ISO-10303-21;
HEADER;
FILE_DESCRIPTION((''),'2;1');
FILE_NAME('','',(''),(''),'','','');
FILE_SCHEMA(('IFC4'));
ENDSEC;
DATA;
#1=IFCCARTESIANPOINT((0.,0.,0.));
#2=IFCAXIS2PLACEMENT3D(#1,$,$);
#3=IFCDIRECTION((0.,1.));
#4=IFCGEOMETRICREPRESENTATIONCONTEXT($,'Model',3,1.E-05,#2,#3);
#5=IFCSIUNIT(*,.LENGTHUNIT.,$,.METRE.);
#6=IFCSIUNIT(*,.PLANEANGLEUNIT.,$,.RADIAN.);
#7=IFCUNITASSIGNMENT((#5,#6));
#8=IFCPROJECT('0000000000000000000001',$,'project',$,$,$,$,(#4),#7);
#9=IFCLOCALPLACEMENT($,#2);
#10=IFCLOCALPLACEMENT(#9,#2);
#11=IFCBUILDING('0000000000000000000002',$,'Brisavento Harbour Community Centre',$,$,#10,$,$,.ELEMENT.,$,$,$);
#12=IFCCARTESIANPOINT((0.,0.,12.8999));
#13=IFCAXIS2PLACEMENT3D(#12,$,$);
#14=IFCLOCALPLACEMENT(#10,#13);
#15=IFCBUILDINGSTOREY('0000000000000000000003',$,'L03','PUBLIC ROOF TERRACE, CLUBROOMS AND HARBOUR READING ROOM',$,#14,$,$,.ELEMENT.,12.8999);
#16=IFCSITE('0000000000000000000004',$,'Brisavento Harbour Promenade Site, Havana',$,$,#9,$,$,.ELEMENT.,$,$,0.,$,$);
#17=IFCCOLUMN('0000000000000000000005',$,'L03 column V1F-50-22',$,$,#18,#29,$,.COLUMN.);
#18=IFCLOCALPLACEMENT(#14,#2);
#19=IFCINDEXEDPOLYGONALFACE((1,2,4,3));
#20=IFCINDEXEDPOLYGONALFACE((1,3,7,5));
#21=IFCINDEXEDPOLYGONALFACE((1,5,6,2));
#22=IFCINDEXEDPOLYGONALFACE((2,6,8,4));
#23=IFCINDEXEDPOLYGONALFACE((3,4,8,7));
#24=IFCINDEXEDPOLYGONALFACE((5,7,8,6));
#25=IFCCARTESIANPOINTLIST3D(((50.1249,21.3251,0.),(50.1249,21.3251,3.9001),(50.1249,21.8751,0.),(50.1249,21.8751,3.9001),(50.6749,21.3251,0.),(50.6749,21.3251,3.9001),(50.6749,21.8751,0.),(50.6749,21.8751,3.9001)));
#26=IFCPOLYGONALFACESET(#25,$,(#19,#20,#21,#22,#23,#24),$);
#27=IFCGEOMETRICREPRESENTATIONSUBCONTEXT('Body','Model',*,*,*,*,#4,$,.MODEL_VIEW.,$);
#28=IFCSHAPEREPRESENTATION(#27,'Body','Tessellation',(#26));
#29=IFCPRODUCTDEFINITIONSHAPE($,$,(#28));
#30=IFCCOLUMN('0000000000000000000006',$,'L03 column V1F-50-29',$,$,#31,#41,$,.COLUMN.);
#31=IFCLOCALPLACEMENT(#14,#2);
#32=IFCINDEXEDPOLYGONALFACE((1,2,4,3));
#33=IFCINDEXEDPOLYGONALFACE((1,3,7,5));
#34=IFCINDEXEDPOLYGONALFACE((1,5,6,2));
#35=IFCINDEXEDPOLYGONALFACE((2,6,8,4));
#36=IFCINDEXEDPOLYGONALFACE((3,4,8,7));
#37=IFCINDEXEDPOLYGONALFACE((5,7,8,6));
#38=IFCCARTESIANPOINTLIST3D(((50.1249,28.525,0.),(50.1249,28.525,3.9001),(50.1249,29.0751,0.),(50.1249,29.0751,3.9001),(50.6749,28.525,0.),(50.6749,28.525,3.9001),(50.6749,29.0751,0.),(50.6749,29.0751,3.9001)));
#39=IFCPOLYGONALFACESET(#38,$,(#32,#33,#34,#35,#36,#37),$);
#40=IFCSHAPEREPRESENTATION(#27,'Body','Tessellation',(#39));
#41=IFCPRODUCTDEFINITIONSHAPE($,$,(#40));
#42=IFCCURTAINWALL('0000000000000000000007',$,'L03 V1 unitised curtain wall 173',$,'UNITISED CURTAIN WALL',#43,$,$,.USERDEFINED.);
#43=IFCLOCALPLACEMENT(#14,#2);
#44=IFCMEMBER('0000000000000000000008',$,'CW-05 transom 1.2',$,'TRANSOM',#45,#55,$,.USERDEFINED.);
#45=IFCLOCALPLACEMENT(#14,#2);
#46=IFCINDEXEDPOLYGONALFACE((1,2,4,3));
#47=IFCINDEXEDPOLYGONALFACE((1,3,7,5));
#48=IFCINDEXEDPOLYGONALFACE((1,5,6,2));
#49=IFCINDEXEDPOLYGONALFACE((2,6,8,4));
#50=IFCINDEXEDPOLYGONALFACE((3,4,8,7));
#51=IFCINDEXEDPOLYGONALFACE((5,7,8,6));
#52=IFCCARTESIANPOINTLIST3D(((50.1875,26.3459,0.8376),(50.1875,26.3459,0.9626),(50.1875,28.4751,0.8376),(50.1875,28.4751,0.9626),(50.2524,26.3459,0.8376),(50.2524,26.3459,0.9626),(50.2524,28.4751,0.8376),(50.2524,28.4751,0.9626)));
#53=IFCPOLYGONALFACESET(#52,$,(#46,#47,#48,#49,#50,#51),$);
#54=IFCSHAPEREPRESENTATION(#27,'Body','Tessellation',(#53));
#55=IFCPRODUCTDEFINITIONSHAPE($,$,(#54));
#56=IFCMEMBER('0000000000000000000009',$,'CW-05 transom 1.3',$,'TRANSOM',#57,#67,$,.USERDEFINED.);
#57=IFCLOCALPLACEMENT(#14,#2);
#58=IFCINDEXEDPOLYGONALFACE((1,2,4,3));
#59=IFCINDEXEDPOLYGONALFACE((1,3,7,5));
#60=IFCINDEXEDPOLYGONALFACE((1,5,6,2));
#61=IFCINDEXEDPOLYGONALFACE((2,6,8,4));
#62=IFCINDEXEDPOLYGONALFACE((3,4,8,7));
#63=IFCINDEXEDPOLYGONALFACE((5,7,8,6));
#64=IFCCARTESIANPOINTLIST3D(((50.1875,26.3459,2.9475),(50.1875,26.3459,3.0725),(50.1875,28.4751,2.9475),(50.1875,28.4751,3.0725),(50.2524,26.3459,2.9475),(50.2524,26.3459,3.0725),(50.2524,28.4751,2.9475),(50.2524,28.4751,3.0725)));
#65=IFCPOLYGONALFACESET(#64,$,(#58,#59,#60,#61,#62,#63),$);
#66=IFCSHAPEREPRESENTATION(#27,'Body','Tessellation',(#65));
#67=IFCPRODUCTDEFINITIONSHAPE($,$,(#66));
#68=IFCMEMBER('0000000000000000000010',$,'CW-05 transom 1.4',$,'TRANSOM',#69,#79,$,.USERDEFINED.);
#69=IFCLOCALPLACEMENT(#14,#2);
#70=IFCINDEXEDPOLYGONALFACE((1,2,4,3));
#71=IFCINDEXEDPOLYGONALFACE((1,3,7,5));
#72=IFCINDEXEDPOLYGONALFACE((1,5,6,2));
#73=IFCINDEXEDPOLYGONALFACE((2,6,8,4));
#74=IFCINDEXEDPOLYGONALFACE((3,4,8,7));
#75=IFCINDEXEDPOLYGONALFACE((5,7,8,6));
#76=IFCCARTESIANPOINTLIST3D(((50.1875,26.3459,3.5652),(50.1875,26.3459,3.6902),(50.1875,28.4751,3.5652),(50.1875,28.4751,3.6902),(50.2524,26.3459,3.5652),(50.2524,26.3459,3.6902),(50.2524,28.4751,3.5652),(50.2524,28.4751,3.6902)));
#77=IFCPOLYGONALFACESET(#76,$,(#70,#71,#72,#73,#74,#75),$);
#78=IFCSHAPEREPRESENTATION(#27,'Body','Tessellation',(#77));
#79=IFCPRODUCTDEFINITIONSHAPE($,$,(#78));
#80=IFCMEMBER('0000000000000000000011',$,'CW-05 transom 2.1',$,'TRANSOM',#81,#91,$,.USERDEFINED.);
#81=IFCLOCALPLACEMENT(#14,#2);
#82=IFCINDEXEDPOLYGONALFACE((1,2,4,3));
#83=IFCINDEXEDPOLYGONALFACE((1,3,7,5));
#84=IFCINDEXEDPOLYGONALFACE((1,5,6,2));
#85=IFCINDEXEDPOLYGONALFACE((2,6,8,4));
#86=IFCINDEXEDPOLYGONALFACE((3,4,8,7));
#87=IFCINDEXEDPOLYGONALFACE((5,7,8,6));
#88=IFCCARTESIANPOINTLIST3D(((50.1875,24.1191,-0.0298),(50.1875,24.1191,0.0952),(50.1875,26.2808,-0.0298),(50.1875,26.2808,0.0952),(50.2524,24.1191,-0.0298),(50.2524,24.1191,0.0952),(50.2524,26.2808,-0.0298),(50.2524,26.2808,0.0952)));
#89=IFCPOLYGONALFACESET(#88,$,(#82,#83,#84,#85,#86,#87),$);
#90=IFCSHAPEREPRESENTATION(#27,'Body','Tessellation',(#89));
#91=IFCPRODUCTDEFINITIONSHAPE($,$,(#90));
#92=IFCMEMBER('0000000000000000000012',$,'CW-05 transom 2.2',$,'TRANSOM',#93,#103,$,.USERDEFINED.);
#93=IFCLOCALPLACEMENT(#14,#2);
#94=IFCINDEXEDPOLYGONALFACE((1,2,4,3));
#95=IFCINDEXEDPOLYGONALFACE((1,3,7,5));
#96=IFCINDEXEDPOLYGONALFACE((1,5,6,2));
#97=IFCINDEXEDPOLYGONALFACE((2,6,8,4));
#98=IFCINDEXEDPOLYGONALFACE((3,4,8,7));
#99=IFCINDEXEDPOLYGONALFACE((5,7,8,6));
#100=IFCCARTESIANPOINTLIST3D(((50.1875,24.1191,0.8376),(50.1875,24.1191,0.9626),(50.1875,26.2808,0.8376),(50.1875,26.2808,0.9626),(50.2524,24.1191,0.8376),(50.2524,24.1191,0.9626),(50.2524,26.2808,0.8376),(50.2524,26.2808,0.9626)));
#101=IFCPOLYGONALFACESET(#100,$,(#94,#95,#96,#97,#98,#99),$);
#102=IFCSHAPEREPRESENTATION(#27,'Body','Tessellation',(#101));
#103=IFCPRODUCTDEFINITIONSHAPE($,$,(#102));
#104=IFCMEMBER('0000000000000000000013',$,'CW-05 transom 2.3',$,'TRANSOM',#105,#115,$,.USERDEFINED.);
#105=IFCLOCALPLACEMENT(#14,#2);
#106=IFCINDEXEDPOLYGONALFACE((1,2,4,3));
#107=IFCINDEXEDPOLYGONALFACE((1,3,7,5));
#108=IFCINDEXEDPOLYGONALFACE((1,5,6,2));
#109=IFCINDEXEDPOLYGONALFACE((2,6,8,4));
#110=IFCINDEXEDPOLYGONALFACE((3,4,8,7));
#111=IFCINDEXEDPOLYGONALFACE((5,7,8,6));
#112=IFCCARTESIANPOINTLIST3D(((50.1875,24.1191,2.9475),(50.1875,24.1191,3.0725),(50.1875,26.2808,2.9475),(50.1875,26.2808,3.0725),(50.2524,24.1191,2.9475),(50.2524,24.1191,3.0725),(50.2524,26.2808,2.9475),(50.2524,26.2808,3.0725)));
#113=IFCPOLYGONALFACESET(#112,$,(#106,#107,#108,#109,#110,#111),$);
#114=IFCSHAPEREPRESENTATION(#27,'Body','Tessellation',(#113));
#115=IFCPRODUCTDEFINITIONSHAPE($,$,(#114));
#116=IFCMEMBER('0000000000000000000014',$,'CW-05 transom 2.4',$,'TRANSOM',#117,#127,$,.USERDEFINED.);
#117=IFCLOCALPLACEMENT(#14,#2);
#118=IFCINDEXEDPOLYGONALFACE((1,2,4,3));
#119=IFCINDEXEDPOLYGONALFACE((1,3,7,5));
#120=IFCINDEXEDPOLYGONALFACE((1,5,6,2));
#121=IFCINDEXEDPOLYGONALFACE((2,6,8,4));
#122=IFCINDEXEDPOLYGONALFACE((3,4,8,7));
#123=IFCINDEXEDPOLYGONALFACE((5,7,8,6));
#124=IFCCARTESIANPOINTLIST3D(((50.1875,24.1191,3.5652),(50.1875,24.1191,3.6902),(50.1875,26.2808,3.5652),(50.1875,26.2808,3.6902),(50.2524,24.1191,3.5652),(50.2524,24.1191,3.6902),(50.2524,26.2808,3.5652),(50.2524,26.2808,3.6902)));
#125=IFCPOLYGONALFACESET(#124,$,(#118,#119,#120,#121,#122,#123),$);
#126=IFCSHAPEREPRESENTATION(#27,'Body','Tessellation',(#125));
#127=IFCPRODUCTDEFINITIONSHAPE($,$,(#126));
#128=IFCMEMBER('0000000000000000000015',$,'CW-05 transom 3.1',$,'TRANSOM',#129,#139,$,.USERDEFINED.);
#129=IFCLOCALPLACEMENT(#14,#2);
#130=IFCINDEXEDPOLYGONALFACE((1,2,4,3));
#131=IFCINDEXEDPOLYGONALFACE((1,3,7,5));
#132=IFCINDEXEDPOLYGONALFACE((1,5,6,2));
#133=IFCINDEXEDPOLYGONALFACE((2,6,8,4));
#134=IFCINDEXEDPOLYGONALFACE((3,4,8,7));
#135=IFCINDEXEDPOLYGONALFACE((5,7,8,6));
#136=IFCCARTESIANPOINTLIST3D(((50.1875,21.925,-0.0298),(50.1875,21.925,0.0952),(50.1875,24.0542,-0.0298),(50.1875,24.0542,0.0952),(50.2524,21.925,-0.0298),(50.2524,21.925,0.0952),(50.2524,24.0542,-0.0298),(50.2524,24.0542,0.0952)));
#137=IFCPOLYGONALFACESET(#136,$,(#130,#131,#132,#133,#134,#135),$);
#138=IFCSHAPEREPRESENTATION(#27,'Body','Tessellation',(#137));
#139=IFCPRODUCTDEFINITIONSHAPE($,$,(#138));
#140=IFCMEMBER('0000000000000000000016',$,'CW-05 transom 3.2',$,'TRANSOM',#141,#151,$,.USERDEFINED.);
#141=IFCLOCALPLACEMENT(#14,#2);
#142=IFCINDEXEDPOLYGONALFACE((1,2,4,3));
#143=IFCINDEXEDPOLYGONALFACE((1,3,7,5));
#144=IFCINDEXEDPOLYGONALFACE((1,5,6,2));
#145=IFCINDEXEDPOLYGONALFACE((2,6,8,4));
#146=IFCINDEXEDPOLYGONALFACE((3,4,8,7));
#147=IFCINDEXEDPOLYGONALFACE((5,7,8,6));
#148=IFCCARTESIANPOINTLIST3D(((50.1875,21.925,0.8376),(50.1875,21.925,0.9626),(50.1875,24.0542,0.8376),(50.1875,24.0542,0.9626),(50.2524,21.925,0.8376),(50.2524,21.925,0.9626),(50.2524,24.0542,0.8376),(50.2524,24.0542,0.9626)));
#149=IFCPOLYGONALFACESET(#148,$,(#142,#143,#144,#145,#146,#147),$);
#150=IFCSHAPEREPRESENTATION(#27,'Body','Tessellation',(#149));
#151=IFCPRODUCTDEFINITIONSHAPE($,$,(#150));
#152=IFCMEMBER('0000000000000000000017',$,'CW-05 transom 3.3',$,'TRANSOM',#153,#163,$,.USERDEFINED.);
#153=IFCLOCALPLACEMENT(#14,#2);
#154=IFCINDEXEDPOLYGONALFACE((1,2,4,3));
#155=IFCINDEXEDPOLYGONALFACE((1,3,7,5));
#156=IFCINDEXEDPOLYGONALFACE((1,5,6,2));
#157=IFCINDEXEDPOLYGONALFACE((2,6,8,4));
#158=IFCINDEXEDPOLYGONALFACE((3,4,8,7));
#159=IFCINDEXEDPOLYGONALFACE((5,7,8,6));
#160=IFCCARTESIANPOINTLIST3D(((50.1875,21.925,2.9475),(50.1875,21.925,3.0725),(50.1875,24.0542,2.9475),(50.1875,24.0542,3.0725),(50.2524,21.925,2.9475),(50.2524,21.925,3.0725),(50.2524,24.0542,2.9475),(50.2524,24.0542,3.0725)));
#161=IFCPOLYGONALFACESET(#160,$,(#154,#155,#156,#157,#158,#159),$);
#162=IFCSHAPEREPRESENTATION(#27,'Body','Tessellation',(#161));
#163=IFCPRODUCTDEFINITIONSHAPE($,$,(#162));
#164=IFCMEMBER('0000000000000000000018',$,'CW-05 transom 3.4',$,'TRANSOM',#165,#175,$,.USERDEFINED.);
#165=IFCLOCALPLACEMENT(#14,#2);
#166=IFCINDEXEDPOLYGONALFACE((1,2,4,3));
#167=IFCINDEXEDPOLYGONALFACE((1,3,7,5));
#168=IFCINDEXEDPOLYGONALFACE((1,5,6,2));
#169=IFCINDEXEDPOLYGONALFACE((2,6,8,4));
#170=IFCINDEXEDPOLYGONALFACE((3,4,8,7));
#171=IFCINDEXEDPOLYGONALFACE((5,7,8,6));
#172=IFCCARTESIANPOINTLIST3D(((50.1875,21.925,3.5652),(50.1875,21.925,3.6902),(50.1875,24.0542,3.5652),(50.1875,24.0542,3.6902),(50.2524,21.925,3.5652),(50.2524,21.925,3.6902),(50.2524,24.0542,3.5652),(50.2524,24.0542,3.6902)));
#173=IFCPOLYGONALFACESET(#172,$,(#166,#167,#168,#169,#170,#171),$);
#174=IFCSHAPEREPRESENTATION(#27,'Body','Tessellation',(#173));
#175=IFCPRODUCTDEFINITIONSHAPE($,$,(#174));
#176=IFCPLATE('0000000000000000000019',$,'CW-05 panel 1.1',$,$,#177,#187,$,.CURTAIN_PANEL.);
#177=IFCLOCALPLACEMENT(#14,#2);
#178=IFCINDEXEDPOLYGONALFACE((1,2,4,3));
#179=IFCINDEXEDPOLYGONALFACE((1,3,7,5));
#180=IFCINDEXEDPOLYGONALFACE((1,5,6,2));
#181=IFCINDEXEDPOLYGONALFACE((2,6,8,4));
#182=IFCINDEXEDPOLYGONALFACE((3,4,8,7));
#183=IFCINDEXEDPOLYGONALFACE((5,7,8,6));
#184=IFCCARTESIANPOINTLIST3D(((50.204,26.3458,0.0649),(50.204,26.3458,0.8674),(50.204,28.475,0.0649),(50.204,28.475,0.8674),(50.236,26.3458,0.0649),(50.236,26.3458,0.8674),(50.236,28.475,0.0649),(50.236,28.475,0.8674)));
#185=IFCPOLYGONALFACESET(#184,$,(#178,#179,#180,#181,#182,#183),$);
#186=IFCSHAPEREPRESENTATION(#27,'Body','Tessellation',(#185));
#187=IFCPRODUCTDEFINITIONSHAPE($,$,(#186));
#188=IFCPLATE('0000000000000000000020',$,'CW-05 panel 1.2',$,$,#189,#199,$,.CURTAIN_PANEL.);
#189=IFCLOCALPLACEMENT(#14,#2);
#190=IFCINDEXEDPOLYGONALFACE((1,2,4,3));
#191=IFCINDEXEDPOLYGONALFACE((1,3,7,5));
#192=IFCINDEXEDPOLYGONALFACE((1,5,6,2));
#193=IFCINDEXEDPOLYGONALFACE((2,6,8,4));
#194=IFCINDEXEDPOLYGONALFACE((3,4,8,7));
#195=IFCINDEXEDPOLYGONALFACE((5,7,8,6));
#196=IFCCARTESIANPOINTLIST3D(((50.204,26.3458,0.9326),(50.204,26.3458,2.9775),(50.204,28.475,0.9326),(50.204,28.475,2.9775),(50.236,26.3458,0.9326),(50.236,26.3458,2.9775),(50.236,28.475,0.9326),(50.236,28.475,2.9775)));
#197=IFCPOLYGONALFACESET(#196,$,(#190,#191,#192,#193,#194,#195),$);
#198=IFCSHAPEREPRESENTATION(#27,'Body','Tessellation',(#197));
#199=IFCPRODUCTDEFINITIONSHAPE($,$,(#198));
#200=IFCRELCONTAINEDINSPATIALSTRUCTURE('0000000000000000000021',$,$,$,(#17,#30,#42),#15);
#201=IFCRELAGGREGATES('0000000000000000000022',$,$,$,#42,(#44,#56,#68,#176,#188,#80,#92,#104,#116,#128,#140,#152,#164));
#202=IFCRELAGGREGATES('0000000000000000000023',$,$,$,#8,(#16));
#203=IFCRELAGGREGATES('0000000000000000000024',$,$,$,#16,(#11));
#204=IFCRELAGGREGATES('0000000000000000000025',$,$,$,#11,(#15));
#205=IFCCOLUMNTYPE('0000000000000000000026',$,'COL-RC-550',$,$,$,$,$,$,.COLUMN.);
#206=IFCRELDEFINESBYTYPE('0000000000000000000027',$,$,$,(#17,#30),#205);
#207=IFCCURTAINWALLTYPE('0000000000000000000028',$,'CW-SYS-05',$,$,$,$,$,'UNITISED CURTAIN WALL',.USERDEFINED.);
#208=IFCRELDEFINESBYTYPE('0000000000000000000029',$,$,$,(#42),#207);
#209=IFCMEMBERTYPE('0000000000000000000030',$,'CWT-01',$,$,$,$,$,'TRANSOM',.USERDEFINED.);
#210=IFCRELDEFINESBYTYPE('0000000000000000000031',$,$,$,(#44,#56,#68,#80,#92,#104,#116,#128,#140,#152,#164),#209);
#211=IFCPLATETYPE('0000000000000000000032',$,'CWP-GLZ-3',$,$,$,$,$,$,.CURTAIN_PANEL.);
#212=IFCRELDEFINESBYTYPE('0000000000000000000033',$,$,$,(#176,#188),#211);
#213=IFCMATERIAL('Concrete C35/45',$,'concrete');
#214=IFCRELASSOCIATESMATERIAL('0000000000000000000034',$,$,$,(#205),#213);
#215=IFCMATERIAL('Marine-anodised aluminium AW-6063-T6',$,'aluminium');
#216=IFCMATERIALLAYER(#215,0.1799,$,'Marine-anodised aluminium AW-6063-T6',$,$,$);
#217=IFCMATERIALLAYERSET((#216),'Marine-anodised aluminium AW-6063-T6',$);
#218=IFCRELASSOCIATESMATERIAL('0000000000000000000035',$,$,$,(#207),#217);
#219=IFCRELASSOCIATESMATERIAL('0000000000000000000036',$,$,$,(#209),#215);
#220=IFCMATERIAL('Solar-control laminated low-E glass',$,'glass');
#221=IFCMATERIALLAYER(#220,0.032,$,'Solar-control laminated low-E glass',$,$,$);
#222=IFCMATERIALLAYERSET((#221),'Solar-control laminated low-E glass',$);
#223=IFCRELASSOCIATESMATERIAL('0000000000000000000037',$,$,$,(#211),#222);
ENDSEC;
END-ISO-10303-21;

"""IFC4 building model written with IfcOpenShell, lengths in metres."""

from ifc_helpers import new_model, si_unit, direction, frame, origin, origin_2d, place, context, subcontext, project, spatial, rectangle, extrude, material, layer, layer_set, material_profile, profile_set, type_object, element, aggregate, save


model = new_model("IFC4")

# Units and contexts
model_context = context("Model", 3, precision=1e-05, world=origin(), true_north=direction((0.0, 1.0)))
body_context = subcontext(model_context, "Body", "Model", "MODEL_VIEW")
ifc_project = project(units=[si_unit("LENGTHUNIT", "METRE"), si_unit("PLANEANGLEUNIT", "RADIAN")], contexts=[model_context])

# Site, building, storey
site_placement = place(None, origin())
site = spatial("IfcSite", under=ifc_project, at=site_placement, Name="Brisavento Harbour Promenade Site, Havana", CompositionType="ELEMENT", RefElevation=0.0)
building_placement = place(site_placement, origin())
building = spatial("IfcBuilding", under=site, at=building_placement, Name="Brisavento Harbour Community Centre", CompositionType="ELEMENT")
storey_placement = place(building_placement, frame((0.0, 0.0, 12.8999)))
storey = spatial("IfcBuildingStorey", under=building, at=storey_placement, Name="L03", Description="PUBLIC ROOF TERRACE, CLUBROOMS AND HARBOUR READING ROOM", CompositionType="ELEMENT", Elevation=12.8999)

# Columns
ifc_material_1 = material(Name="Concrete C35/45", Category="concrete")
ifc_material_profile_1 = material_profile(ifc_material_1, rectangle(XDim=0.55, YDim=0.55, at=origin_2d()), Name="Concrete C35/45")
ifc_profile_set_1 = profile_set([ifc_material_profile_1], Name="Concrete C35/45")
column_type = type_object("IfcColumnType", Name="COL-RC-550", PredefinedType="COLUMN", material=ifc_profile_set_1)
for number, where, z_axis, x_axis, name in (
    (1, (50.3999, 21.6001, 0.0), (0.0, 0.0, 1.0), (1.0, 0.0, 0.0), "L03 column V1F-50-22"),
    (2, (50.3999, 28.8, 0.0), (0.0, 0.0, 1.0), (1.0, 0.0, 0.0), "L03 column V1F-50-29"),
):
    element("IfcColumn", number, at=place(storey_placement, frame(where, z_axis=z_axis, x_axis=x_axis)), inside=storey, type_object=column_type, Name=name, PredefinedType="COLUMN", context=body_context, shape_type="SweptSolid", body=[
        extrude(rectangle(XDim=0.55, YDim=0.55, at=origin_2d()), origin(), (0.0, 0.0, 1.0), 3.9001),
    ])

# Curtain wall, members, plates
ifc_material_2 = material(Name="Marine-anodised aluminium AW-6063-T6", Category="aluminium")
ifc_layer_1 = layer(ifc_material_2, 0.1799, Name="Marine-anodised aluminium AW-6063-T6")
ifc_layer_set_1 = layer_set([ifc_layer_1], Name="Marine-anodised aluminium AW-6063-T6")
curtain_wall_type = type_object("IfcCurtainWallType", Name="CW-SYS-05", ElementType="UNITISED CURTAIN WALL", PredefinedType="USERDEFINED", material=ifc_layer_set_1)
curtain_wall_placement = place(storey_placement, origin())
curtain_wall = element("IfcCurtainWall", 3, at=curtain_wall_placement, inside=storey, type_object=curtain_wall_type, Name="L03 V1 unitised curtain wall 173", ObjectType="UNITISED CURTAIN WALL", PredefinedType="USERDEFINED")
ifc_material_profile_2 = material_profile(ifc_material_2, rectangle(XDim=0.0649, YDim=0.125, at=origin_2d()), Name="Marine-anodised aluminium AW-6063-T6")
ifc_profile_set_2 = profile_set([ifc_material_profile_2], Name="Marine-anodised aluminium AW-6063-T6")
member_type = type_object("IfcMemberType", Name="CWT-01", ElementType="TRANSOM", PredefinedType="USERDEFINED", material=ifc_profile_set_2)
member_1_placement = place(storey_placement, frame((50.22, 28.4751, 0.9001), z_axis=(0.0, -1.0, 0.0), x_axis=(1.0, 0.0, 0.0)))
member_1 = element("IfcMember", 4, at=member_1_placement, type_object=member_type, Name="CW-05 transom 1.2", ObjectType="TRANSOM", PredefinedType="USERDEFINED", context=body_context, shape_type="SweptSolid", body=[
    extrude(rectangle(XDim=0.0649, YDim=0.125, at=origin_2d()), origin(), (0.0, 0.0, 1.0), 2.1292),
])
member_2_placement = place(storey_placement, frame((50.22, 28.4751, 3.01), z_axis=(0.0, -1.0, 0.0), x_axis=(1.0, 0.0, 0.0)))
member_2 = element("IfcMember", 5, at=member_2_placement, type_object=member_type, Name="CW-05 transom 1.3", ObjectType="TRANSOM", PredefinedType="USERDEFINED", context=body_context, shape_type="SweptSolid", body=[
    extrude(rectangle(XDim=0.0649, YDim=0.125, at=origin_2d()), origin(), (0.0, 0.0, 1.0), 2.1292),
])
member_3_placement = place(storey_placement, frame((50.22, 28.4751, 3.6277), z_axis=(0.0, -1.0, 0.0), x_axis=(1.0, 0.0, 0.0)))
member_3 = element("IfcMember", 6, at=member_3_placement, type_object=member_type, Name="CW-05 transom 1.4", ObjectType="TRANSOM", PredefinedType="USERDEFINED", context=body_context, shape_type="SweptSolid", body=[
    extrude(rectangle(XDim=0.0649, YDim=0.125, at=origin_2d()), origin(), (0.0, 0.0, 1.0), 2.1292),
])
member_4_placement = place(storey_placement, frame((50.22, 26.2808, 0.0327), z_axis=(0.0, -1.0, 0.0), x_axis=(1.0, 0.0, 0.0)))
member_4 = element("IfcMember", 7, at=member_4_placement, type_object=member_type, Name="CW-05 transom 2.1", ObjectType="TRANSOM", PredefinedType="USERDEFINED", context=body_context, shape_type="SweptSolid", body=[
    extrude(rectangle(XDim=0.0649, YDim=0.125, at=origin_2d()), origin(), (0.0, 0.0, 1.0), 2.1616),
])
member_5_placement = place(storey_placement, frame((50.22, 26.2808, 0.9001), z_axis=(0.0, -1.0, 0.0), x_axis=(1.0, 0.0, 0.0)))
member_5 = element("IfcMember", 8, at=member_5_placement, type_object=member_type, Name="CW-05 transom 2.2", ObjectType="TRANSOM", PredefinedType="USERDEFINED", context=body_context, shape_type="SweptSolid", body=[
    extrude(rectangle(XDim=0.0649, YDim=0.125, at=origin_2d()), origin(), (0.0, 0.0, 1.0), 2.1616),
])
member_6_placement = place(storey_placement, frame((50.22, 26.2808, 3.01), z_axis=(0.0, -1.0, 0.0), x_axis=(1.0, 0.0, 0.0)))
member_6 = element("IfcMember", 9, at=member_6_placement, type_object=member_type, Name="CW-05 transom 2.3", ObjectType="TRANSOM", PredefinedType="USERDEFINED", context=body_context, shape_type="SweptSolid", body=[
    extrude(rectangle(XDim=0.0649, YDim=0.125, at=origin_2d()), origin(), (0.0, 0.0, 1.0), 2.1616),
])
member_7_placement = place(storey_placement, frame((50.22, 26.2808, 3.6277), z_axis=(0.0, -1.0, 0.0), x_axis=(1.0, 0.0, 0.0)))
member_7 = element("IfcMember", 10, at=member_7_placement, type_object=member_type, Name="CW-05 transom 2.4", ObjectType="TRANSOM", PredefinedType="USERDEFINED", context=body_context, shape_type="SweptSolid", body=[
    extrude(rectangle(XDim=0.0649, YDim=0.125, at=origin_2d()), origin(), (0.0, 0.0, 1.0), 2.1616),
])
member_8_placement = place(storey_placement, frame((50.22, 24.0542, 0.0327), z_axis=(0.0, -1.0, 0.0), x_axis=(1.0, 0.0, 0.0)))
member_8 = element("IfcMember", 11, at=member_8_placement, type_object=member_type, Name="CW-05 transom 3.1", ObjectType="TRANSOM", PredefinedType="USERDEFINED", context=body_context, shape_type="SweptSolid", body=[
    extrude(rectangle(XDim=0.0649, YDim=0.125, at=origin_2d()), origin(), (0.0, 0.0, 1.0), 2.1292),
])
member_9_placement = place(storey_placement, frame((50.22, 24.0542, 0.9001), z_axis=(0.0, -1.0, 0.0), x_axis=(1.0, 0.0, 0.0)))
member_9 = element("IfcMember", 12, at=member_9_placement, type_object=member_type, Name="CW-05 transom 3.2", ObjectType="TRANSOM", PredefinedType="USERDEFINED", context=body_context, shape_type="SweptSolid", body=[
    extrude(rectangle(XDim=0.0649, YDim=0.125, at=origin_2d()), origin(), (0.0, 0.0, 1.0), 2.1292),
])
member_10_placement = place(storey_placement, frame((50.22, 24.0542, 3.01), z_axis=(0.0, -1.0, 0.0), x_axis=(1.0, 0.0, 0.0)))
member_10 = element("IfcMember", 13, at=member_10_placement, type_object=member_type, Name="CW-05 transom 3.3", ObjectType="TRANSOM", PredefinedType="USERDEFINED", context=body_context, shape_type="SweptSolid", body=[
    extrude(rectangle(XDim=0.0649, YDim=0.125, at=origin_2d()), origin(), (0.0, 0.0, 1.0), 2.1292),
])
member_11_placement = place(storey_placement, frame((50.22, 24.0542, 3.6277), z_axis=(0.0, -1.0, 0.0), x_axis=(1.0, 0.0, 0.0)))
member_11 = element("IfcMember", 14, at=member_11_placement, type_object=member_type, Name="CW-05 transom 3.4", ObjectType="TRANSOM", PredefinedType="USERDEFINED", context=body_context, shape_type="SweptSolid", body=[
    extrude(rectangle(XDim=0.0649, YDim=0.125, at=origin_2d()), origin(), (0.0, 0.0, 1.0), 2.1292),
])
ifc_material_3 = material(Name="Solar-control laminated low-E glass", Category="glass")
ifc_layer_2 = layer(ifc_material_3, 0.032, Name="Solar-control laminated low-E glass")
ifc_layer_set_2 = layer_set([ifc_layer_2], Name="Solar-control laminated low-E glass")
plate_type = type_object("IfcPlateType", Name="CWP-GLZ-3", PredefinedType="CURTAIN_PANEL", material=ifc_layer_set_2)
plate_1_placement = place(storey_placement, frame((50.22, 27.4104, 0.0649), z_axis=(0.0, 0.0, 1.0), x_axis=(0.0, -1.0, 0.0)))
plate_1 = element("IfcPlate", 15, at=plate_1_placement, type_object=plate_type, Name="CW-05 panel 1.1", PredefinedType="CURTAIN_PANEL", context=body_context, shape_type="SweptSolid", body=[
    extrude(rectangle(XDim=2.1292, YDim=0.032, at=origin_2d()), origin(), (0.0, 0.0, 1.0), 0.8025),
])
plate_2_placement = place(storey_placement, frame((50.22, 27.4104, 0.9326), z_axis=(0.0, 0.0, 1.0), x_axis=(0.0, -1.0, 0.0)))
plate_2 = element("IfcPlate", 16, at=plate_2_placement, type_object=plate_type, Name="CW-05 panel 1.2", PredefinedType="CURTAIN_PANEL", context=body_context, shape_type="SweptSolid", body=[
    extrude(rectangle(XDim=2.1292, YDim=0.032, at=origin_2d()), origin(), (0.0, 0.0, 1.0), 2.0449),
])
aggregate(curtain_wall, [member_1, member_2, member_3, plate_1, plate_2, member_4, member_5, member_6, member_7, member_8, member_9, member_10, member_11])

save(model, "model.ifc")
